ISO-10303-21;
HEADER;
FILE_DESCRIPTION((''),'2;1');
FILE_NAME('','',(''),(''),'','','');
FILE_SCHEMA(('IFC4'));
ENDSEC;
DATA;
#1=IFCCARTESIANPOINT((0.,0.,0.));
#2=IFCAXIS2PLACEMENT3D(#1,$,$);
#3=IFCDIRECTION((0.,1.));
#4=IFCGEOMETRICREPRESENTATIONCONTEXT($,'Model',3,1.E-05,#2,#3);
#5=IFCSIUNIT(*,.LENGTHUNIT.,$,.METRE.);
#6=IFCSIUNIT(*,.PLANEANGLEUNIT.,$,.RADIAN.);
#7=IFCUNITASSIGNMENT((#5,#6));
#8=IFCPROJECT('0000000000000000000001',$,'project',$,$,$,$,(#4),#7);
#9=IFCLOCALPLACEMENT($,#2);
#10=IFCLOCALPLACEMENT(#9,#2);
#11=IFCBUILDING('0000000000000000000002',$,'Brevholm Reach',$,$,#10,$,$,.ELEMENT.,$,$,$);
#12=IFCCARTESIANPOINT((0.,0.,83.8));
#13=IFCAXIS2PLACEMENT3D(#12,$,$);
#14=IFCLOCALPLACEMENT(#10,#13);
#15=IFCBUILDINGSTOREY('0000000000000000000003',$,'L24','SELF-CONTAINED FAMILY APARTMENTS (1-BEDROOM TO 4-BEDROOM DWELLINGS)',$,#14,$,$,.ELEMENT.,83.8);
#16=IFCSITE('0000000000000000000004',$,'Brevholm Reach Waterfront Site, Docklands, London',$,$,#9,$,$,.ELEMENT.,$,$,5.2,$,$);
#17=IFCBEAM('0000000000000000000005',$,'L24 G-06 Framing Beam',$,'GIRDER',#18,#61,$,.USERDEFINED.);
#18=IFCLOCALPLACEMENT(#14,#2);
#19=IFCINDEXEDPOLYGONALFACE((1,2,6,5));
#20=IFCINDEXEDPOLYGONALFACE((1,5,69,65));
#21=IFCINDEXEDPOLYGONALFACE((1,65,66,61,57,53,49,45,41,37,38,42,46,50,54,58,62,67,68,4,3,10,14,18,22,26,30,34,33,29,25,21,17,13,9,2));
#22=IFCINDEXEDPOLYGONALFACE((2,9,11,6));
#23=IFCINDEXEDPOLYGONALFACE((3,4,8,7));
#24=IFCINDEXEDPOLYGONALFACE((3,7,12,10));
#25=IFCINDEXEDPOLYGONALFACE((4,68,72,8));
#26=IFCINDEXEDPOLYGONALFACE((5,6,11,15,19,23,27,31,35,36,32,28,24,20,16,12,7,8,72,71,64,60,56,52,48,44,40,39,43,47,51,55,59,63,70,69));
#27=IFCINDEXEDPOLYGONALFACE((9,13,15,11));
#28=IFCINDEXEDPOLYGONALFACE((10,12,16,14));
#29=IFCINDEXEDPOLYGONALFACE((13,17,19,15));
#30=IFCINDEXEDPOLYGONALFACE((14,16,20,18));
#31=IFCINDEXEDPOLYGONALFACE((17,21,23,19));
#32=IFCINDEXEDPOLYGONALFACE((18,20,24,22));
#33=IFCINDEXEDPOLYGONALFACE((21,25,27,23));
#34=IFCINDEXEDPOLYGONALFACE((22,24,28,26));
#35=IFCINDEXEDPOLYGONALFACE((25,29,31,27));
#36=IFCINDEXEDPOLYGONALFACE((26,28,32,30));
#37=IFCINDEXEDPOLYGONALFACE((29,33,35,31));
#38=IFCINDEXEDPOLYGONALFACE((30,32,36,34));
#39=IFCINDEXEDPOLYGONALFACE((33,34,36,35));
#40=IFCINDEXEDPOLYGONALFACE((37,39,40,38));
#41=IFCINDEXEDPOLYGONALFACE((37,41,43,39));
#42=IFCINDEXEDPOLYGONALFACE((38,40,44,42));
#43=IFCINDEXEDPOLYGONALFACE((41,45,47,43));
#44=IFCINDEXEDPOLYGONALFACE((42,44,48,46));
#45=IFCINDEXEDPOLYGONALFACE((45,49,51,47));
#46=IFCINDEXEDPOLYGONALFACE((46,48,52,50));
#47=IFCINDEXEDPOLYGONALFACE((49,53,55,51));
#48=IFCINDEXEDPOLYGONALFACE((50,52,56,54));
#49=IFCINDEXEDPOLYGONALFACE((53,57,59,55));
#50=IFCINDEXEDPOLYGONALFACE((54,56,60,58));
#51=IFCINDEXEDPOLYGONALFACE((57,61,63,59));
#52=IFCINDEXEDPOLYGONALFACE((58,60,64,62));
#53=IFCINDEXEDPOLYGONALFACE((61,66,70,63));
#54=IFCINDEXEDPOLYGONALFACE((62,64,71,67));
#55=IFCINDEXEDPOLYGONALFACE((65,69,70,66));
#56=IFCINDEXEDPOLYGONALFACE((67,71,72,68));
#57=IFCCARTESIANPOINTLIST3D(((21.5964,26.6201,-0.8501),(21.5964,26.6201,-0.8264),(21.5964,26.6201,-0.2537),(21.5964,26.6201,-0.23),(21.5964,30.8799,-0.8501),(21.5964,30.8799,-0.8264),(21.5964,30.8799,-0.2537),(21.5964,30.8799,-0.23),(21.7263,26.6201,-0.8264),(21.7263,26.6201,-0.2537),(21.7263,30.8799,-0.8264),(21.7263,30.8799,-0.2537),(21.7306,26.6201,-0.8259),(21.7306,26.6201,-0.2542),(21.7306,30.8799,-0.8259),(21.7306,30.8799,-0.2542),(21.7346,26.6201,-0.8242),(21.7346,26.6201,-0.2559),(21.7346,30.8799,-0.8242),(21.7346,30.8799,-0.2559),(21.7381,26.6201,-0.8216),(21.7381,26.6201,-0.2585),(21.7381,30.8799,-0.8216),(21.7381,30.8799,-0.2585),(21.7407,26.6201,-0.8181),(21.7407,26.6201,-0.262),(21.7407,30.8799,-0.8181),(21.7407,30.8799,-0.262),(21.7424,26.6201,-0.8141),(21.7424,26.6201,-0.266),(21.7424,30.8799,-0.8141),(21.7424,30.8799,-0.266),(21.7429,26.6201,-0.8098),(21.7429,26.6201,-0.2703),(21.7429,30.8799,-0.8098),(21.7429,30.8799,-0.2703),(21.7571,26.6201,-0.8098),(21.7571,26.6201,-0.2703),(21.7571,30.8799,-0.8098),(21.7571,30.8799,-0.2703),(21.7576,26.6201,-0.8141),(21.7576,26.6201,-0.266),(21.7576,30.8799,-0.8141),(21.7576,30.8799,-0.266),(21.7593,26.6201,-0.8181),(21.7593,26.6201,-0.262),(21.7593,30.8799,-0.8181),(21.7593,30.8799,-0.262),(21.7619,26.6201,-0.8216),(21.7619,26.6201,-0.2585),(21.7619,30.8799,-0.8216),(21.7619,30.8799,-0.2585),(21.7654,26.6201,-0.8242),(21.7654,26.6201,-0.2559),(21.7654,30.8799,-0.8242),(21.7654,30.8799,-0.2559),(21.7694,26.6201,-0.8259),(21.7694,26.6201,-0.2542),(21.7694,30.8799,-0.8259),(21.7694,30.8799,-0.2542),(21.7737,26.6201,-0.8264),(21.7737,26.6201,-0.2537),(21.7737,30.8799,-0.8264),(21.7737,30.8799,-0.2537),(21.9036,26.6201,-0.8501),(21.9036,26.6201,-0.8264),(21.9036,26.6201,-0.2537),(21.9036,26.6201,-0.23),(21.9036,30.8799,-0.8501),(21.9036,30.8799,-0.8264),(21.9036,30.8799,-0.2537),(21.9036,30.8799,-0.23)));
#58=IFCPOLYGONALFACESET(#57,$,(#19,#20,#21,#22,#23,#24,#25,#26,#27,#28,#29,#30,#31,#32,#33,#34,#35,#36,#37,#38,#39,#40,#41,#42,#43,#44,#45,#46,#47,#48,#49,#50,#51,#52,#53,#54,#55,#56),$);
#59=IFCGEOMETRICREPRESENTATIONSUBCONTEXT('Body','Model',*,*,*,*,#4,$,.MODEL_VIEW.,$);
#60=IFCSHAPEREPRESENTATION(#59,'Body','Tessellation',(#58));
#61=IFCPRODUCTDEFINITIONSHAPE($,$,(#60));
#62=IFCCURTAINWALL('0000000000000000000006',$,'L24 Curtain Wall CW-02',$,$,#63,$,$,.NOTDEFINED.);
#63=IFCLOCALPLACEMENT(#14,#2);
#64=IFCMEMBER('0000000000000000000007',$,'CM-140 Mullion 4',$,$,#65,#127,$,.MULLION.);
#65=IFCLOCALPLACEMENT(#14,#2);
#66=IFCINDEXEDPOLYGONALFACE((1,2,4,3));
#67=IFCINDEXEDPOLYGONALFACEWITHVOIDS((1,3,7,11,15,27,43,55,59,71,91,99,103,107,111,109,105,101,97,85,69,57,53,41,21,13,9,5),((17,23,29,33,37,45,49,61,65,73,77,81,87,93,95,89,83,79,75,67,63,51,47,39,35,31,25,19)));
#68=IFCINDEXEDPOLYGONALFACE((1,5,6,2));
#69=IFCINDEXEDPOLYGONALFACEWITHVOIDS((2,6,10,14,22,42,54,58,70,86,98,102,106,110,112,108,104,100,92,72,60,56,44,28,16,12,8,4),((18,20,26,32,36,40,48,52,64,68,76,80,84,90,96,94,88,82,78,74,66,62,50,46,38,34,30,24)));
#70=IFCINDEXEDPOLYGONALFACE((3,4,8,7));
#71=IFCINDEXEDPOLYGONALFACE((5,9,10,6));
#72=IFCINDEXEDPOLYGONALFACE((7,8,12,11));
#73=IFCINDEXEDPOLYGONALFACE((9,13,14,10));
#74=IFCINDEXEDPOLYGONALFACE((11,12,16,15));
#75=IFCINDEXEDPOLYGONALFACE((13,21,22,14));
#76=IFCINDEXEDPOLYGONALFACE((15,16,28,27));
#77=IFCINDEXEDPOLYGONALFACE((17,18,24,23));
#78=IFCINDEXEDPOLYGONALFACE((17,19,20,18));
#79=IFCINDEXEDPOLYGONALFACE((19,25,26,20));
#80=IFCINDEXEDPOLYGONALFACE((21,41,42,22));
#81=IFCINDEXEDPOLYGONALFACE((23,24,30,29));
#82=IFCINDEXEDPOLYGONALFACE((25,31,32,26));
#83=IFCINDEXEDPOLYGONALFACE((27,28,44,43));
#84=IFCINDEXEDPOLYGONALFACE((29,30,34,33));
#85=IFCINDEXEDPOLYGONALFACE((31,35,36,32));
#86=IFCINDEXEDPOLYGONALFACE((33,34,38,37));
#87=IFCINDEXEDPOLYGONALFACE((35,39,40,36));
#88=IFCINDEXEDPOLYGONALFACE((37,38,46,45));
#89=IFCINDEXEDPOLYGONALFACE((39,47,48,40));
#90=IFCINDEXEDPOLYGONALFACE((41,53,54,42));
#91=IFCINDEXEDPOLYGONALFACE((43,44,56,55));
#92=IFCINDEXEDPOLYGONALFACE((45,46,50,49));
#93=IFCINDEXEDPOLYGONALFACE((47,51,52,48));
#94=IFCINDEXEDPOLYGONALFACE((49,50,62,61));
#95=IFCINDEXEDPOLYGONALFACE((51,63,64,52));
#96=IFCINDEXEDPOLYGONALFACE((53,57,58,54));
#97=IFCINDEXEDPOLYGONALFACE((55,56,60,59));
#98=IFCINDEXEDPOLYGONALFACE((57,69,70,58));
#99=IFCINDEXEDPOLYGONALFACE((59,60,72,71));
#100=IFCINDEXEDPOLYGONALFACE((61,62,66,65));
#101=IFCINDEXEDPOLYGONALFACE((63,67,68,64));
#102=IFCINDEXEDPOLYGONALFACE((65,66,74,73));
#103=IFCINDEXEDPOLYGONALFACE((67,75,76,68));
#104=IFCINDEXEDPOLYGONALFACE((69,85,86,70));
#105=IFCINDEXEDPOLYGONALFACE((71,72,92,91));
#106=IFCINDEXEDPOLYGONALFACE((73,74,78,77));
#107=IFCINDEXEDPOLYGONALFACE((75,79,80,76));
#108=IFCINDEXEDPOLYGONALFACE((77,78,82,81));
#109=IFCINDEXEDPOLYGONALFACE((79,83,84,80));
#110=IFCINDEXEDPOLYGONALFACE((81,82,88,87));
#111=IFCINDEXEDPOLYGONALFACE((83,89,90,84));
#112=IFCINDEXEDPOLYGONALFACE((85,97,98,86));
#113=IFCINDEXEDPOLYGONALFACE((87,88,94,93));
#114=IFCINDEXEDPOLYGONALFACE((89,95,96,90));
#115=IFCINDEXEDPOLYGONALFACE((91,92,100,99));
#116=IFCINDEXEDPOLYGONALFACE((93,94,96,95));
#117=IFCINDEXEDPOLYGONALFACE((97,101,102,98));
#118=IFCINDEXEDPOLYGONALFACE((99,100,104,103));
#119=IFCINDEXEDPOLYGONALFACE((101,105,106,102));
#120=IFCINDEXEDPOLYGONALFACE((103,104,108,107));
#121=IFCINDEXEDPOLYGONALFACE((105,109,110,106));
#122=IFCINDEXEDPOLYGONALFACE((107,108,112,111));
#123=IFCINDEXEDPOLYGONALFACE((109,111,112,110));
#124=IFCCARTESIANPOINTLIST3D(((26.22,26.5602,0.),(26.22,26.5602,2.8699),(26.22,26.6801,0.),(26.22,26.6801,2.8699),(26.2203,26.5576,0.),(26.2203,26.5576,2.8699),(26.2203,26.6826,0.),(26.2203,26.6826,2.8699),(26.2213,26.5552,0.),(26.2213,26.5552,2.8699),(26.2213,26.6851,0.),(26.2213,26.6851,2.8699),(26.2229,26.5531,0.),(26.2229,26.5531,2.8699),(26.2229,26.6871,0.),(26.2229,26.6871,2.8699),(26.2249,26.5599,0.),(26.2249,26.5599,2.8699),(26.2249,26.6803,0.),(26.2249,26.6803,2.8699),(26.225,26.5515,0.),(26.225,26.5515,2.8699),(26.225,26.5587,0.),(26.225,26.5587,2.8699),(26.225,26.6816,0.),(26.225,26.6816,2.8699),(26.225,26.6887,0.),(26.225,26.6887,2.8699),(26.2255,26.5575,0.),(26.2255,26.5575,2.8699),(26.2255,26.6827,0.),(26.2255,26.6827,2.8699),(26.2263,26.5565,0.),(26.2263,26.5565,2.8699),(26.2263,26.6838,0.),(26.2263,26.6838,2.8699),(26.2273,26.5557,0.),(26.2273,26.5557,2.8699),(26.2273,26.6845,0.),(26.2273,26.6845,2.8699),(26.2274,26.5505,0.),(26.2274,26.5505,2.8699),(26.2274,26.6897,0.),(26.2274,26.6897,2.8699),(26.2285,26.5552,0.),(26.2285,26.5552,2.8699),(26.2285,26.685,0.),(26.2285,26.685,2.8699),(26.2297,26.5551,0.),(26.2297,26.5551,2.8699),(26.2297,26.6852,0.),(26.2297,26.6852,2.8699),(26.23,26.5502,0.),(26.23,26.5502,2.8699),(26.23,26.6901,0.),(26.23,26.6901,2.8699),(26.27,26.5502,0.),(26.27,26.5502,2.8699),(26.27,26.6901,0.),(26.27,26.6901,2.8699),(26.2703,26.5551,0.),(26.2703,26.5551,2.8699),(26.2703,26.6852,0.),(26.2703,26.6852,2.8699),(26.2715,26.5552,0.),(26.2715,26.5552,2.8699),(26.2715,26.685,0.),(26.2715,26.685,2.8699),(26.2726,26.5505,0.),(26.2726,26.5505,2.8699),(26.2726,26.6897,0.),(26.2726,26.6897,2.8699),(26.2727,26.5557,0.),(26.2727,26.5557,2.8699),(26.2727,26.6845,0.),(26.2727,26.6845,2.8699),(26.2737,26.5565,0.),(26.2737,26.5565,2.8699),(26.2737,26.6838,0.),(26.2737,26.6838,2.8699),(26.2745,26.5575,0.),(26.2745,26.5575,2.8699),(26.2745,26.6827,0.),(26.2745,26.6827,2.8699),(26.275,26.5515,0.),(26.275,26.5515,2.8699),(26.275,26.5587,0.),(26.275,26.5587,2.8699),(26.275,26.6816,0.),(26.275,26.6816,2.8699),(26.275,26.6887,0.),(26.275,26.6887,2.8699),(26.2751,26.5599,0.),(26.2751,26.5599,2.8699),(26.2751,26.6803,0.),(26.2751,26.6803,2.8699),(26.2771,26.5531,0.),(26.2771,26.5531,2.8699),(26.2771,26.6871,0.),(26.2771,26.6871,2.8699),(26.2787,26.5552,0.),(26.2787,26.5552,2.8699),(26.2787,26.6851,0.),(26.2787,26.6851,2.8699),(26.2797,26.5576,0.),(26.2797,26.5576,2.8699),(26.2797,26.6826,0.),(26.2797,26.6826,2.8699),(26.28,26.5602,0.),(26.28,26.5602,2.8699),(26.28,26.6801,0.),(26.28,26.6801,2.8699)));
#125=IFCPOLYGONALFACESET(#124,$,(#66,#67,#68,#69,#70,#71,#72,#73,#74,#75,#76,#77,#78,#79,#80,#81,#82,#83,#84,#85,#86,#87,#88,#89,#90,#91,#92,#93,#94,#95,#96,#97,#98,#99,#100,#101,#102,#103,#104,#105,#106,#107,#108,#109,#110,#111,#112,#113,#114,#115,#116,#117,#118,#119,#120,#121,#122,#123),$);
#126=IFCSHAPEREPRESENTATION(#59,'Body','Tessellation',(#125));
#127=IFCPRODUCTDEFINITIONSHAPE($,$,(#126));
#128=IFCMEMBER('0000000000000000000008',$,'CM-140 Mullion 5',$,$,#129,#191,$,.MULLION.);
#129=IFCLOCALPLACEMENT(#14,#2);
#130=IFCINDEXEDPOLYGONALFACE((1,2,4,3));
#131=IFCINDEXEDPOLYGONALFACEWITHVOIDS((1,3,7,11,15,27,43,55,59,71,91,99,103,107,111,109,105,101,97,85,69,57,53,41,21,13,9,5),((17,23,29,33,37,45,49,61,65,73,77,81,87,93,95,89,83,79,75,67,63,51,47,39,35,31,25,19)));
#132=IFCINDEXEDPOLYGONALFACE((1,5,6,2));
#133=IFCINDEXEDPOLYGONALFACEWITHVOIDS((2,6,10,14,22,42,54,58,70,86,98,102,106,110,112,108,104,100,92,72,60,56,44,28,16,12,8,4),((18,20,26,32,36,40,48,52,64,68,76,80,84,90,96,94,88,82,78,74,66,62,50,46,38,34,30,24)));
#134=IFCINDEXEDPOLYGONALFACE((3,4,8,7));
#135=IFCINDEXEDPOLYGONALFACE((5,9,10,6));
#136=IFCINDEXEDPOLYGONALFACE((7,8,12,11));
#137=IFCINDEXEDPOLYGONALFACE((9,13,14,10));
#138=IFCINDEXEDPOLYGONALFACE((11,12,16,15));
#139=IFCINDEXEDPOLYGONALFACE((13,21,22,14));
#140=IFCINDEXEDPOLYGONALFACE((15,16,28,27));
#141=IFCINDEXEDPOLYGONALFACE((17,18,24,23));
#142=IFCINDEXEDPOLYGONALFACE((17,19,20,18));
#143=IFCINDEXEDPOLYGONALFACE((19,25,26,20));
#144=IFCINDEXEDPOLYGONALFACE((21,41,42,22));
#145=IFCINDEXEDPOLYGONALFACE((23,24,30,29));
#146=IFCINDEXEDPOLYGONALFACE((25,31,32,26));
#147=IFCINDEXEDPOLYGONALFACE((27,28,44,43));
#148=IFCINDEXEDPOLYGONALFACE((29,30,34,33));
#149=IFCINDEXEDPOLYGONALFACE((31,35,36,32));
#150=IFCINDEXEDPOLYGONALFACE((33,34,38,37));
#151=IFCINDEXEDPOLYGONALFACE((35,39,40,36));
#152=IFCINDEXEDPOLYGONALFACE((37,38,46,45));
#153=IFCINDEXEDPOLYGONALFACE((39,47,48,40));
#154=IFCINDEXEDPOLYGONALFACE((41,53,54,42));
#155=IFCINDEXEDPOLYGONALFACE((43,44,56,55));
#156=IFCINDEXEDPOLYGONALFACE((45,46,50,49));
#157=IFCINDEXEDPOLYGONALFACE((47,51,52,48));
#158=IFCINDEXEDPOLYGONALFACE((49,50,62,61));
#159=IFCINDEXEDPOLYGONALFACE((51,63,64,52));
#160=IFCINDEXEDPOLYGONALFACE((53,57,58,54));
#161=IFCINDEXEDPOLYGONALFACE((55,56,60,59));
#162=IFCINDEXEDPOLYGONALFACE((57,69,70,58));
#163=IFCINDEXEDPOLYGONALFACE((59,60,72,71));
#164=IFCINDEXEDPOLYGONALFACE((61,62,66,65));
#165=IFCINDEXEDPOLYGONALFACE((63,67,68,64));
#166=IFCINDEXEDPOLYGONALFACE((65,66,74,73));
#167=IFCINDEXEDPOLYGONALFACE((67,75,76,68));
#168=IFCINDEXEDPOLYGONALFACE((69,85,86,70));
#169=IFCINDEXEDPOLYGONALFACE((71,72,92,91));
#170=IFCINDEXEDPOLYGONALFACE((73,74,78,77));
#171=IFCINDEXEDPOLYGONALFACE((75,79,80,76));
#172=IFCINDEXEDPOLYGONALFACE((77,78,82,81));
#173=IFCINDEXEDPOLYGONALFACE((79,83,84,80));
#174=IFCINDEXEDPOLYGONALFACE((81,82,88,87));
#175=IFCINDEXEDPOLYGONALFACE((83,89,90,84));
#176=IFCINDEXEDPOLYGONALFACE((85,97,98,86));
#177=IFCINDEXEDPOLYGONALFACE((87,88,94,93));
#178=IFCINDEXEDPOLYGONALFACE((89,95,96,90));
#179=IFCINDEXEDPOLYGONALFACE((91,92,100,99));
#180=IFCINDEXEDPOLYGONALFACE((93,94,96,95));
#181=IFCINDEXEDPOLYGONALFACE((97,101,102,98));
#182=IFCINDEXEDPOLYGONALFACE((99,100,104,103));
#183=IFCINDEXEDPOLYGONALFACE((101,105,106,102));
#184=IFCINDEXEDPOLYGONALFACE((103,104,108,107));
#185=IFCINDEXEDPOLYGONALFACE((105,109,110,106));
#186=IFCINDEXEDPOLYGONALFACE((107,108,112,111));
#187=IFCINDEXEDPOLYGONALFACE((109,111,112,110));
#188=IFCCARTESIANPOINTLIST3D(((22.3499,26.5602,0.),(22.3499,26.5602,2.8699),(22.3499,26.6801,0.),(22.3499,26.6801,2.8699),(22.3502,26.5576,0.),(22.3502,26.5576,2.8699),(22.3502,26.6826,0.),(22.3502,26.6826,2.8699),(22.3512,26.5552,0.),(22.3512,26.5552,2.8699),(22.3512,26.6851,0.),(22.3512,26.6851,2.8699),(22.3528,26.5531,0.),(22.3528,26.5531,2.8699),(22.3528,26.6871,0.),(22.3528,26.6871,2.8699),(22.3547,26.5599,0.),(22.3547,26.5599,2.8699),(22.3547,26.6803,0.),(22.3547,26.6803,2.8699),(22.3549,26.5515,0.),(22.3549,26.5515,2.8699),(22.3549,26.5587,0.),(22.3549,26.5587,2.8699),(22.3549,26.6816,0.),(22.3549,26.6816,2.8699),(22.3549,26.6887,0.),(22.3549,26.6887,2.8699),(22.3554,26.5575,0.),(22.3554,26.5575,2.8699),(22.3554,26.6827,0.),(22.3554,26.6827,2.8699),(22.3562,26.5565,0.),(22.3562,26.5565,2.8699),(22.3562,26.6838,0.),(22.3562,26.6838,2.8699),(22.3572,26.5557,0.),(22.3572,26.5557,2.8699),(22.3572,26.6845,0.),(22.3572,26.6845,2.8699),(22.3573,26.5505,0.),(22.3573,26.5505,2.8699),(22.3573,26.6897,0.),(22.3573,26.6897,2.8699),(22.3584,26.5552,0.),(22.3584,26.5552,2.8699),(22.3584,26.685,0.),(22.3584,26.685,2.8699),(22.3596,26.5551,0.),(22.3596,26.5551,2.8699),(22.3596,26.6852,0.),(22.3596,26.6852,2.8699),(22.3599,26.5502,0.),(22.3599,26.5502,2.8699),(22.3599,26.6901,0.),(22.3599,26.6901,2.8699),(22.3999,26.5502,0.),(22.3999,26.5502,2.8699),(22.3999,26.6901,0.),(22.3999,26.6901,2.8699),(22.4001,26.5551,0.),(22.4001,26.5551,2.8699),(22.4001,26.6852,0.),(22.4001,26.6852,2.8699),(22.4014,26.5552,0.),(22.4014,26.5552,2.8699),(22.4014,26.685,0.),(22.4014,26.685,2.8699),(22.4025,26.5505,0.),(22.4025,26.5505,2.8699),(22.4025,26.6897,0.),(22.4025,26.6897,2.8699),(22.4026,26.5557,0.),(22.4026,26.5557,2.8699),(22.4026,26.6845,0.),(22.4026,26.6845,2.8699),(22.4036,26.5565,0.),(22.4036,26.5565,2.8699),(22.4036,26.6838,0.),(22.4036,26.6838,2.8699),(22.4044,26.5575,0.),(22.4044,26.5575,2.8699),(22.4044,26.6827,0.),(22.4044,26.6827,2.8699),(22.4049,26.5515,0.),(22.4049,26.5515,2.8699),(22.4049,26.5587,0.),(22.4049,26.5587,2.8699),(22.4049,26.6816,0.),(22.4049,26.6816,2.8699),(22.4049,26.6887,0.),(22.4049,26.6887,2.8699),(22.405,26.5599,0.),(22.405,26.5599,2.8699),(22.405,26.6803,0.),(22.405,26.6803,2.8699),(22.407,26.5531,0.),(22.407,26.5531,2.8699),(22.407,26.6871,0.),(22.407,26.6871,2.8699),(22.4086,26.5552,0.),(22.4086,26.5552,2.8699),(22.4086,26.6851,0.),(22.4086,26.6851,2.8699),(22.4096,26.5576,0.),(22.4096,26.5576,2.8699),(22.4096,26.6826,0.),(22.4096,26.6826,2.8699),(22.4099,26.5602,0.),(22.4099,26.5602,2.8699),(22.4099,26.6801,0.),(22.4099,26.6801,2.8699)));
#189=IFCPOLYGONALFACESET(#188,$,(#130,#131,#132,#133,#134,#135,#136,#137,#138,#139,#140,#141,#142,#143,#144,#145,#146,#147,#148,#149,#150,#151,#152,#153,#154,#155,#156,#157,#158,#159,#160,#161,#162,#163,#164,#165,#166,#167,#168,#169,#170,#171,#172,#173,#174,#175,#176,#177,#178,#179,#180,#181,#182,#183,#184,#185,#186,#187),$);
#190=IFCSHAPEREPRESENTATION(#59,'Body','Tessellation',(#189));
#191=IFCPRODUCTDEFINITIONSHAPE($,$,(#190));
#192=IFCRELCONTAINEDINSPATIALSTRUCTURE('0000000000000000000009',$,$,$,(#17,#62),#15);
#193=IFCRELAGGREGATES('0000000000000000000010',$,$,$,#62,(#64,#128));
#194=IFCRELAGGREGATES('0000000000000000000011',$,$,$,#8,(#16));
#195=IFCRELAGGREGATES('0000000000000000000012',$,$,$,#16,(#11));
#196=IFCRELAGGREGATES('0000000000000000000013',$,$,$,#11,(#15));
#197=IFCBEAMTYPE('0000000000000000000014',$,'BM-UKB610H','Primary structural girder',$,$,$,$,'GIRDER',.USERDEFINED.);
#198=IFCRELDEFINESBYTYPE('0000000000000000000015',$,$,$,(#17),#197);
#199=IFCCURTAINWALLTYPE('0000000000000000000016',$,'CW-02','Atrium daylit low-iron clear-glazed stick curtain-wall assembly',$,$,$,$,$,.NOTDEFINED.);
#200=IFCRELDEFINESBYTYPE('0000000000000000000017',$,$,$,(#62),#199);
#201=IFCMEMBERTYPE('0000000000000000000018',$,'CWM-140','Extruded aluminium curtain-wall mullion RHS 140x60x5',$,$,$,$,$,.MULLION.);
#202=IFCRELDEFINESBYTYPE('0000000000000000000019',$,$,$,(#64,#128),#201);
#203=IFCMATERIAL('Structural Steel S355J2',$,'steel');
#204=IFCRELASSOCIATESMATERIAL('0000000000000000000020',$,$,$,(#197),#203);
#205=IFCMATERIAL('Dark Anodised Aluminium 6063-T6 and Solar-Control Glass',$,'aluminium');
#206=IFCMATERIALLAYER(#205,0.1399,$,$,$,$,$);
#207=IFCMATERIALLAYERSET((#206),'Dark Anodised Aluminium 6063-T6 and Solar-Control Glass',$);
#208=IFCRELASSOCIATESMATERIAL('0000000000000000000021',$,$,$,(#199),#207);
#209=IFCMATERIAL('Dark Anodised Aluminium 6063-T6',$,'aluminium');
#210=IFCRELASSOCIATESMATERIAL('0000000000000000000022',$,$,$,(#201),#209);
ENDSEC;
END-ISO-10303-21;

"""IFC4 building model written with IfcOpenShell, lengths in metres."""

from ifc_helpers import new_model, si_unit, direction, frame, origin, origin_2d, place, context, subcontext, project, spatial, hollow_rectangle, i_section, extrude, material, layer, layer_set, material_profile, profile_set, type_object, element, aggregate, save


model = new_model("IFC4")

# Units and contexts
model_context = context("Model", 3, precision=1e-05, world=origin(), true_north=direction((0.0, 1.0)))
body_context = subcontext(model_context, "Body", "Model", "MODEL_VIEW")
ifc_project = project(units=[si_unit("LENGTHUNIT", "METRE"), si_unit("PLANEANGLEUNIT", "RADIAN")], contexts=[model_context])

# Site, building, storey
site_placement = place(None, origin())
site = spatial("IfcSite", under=ifc_project, at=site_placement, Name="Brevholm Reach Waterfront Site, Docklands, London", CompositionType="ELEMENT", RefElevation=5.2)
building_placement = place(site_placement, origin())
building = spatial("IfcBuilding", under=site, at=building_placement, Name="Brevholm Reach", CompositionType="ELEMENT")
storey_placement = place(building_placement, frame((0.0, 0.0, 83.8)))
storey = spatial("IfcBuildingStorey", under=building, at=storey_placement, Name="L24", Description="SELF-CONTAINED FAMILY APARTMENTS (1-BEDROOM TO 4-BEDROOM DWELLINGS)", CompositionType="ELEMENT", Elevation=83.8)

# Beam
ifc_material_1 = material(Name="Structural Steel S355J2", Category="steel")
ifc_material_profile_1 = material_profile(ifc_material_1, i_section(OverallWidth=0.3071, OverallDepth=0.6201, WebThickness=0.0142, FlangeThickness=0.0237, FilletRadius=0.0166, at=origin_2d()), Name="UKB 610x305x179")
ifc_profile_set_1 = profile_set([ifc_material_profile_1], Name="Structural Steel S355J2")
beam_type_1 = type_object("IfcBeamType", Name="BM-UKB610H", Description="Primary structural girder", ElementType="GIRDER", PredefinedType="USERDEFINED", material=ifc_profile_set_1)
for number, where, z_axis, x_axis, name in (
    (1, (21.75, 26.6201, -0.54), (0.0, 1.0, 0.0), (-1.0, 0.0, 0.0), "L24 G-06 Framing Beam"),
):
    element("IfcBeam", number, at=place(storey_placement, frame(where, z_axis=z_axis, x_axis=x_axis)), inside=storey, type_object=beam_type_1, Name=name, ObjectType="GIRDER", PredefinedType="USERDEFINED", context=body_context, shape_type="SweptSolid", body=[
        extrude(i_section(OverallWidth=0.3071, OverallDepth=0.6201, WebThickness=0.0142, FlangeThickness=0.0237, FilletRadius=0.0166, at=origin_2d()), origin(), (0.0, 0.0, 1.0), 4.2598),
    ])

# Curtain wall, members
ifc_material_2 = material(Name="Dark Anodised Aluminium 6063-T6 and Solar-Control Glass", Category="aluminium")
ifc_layer_1 = layer(ifc_material_2, 0.1399)
ifc_layer_set_1 = layer_set([ifc_layer_1], Name="Dark Anodised Aluminium 6063-T6 and Solar-Control Glass")
curtain_wall_type_1 = type_object("IfcCurtainWallType", Name="CW-02", Description="Atrium daylit low-iron clear-glazed stick curtain-wall assembly", PredefinedType="NOTDEFINED", material=ifc_layer_set_1)
curtain_wall_1_placement = place(storey_placement, origin())
curtain_wall_1 = element("IfcCurtainWall", 2, at=curtain_wall_1_placement, inside=storey, type_object=curtain_wall_type_1, Name="L24 Curtain Wall CW-02", PredefinedType="NOTDEFINED")
ifc_material_3 = material(Name="Dark Anodised Aluminium 6063-T6", Category="aluminium")
ifc_material_profile_2 = material_profile(ifc_material_3, hollow_rectangle(XDim=0.0601, YDim=0.1399, WallThickness=0.0049, InnerFilletRadius=0.0049, OuterFilletRadius=0.01, at=origin_2d()), Name="RHS 140x60x5")
ifc_profile_set_2 = profile_set([ifc_material_profile_2], Name="Dark Anodised Aluminium 6063-T6")
member_type_1 = type_object("IfcMemberType", Name="CWM-140", Description="Extruded aluminium curtain-wall mullion RHS 140x60x5", PredefinedType="MULLION", material=ifc_profile_set_2)
member_1_placement = place(storey_placement, frame((26.25, 26.6201, 0.0), z_axis=(0.0, 0.0, 1.0), x_axis=(-1.0, 0.0, 0.0)))
member_1 = element("IfcMember", 3, at=member_1_placement, type_object=member_type_1, Name="CM-140 Mullion 4", PredefinedType="MULLION", context=body_context, shape_type="SweptSolid", body=[
    extrude(hollow_rectangle(XDim=0.0601, YDim=0.1399, WallThickness=0.0049, InnerFilletRadius=0.0049, OuterFilletRadius=0.01, at=origin_2d()), origin(), (0.0, 0.0, 1.0), 2.8699),
])
member_2_placement = place(storey_placement, frame((22.3799, 26.6201, 0.0), z_axis=(0.0, 0.0, 1.0), x_axis=(-1.0, 0.0, 0.0)))
member_2 = element("IfcMember", 4, at=member_2_placement, type_object=member_type_1, Name="CM-140 Mullion 5", PredefinedType="MULLION", context=body_context, shape_type="SweptSolid", body=[
    extrude(hollow_rectangle(XDim=0.0601, YDim=0.1399, WallThickness=0.0049, InnerFilletRadius=0.0049, OuterFilletRadius=0.01, at=origin_2d()), origin(), (0.0, 0.0, 1.0), 2.8699),
])

aggregate(curtain_wall_1, [member_1, member_2])

save(model, "model.ifc")
